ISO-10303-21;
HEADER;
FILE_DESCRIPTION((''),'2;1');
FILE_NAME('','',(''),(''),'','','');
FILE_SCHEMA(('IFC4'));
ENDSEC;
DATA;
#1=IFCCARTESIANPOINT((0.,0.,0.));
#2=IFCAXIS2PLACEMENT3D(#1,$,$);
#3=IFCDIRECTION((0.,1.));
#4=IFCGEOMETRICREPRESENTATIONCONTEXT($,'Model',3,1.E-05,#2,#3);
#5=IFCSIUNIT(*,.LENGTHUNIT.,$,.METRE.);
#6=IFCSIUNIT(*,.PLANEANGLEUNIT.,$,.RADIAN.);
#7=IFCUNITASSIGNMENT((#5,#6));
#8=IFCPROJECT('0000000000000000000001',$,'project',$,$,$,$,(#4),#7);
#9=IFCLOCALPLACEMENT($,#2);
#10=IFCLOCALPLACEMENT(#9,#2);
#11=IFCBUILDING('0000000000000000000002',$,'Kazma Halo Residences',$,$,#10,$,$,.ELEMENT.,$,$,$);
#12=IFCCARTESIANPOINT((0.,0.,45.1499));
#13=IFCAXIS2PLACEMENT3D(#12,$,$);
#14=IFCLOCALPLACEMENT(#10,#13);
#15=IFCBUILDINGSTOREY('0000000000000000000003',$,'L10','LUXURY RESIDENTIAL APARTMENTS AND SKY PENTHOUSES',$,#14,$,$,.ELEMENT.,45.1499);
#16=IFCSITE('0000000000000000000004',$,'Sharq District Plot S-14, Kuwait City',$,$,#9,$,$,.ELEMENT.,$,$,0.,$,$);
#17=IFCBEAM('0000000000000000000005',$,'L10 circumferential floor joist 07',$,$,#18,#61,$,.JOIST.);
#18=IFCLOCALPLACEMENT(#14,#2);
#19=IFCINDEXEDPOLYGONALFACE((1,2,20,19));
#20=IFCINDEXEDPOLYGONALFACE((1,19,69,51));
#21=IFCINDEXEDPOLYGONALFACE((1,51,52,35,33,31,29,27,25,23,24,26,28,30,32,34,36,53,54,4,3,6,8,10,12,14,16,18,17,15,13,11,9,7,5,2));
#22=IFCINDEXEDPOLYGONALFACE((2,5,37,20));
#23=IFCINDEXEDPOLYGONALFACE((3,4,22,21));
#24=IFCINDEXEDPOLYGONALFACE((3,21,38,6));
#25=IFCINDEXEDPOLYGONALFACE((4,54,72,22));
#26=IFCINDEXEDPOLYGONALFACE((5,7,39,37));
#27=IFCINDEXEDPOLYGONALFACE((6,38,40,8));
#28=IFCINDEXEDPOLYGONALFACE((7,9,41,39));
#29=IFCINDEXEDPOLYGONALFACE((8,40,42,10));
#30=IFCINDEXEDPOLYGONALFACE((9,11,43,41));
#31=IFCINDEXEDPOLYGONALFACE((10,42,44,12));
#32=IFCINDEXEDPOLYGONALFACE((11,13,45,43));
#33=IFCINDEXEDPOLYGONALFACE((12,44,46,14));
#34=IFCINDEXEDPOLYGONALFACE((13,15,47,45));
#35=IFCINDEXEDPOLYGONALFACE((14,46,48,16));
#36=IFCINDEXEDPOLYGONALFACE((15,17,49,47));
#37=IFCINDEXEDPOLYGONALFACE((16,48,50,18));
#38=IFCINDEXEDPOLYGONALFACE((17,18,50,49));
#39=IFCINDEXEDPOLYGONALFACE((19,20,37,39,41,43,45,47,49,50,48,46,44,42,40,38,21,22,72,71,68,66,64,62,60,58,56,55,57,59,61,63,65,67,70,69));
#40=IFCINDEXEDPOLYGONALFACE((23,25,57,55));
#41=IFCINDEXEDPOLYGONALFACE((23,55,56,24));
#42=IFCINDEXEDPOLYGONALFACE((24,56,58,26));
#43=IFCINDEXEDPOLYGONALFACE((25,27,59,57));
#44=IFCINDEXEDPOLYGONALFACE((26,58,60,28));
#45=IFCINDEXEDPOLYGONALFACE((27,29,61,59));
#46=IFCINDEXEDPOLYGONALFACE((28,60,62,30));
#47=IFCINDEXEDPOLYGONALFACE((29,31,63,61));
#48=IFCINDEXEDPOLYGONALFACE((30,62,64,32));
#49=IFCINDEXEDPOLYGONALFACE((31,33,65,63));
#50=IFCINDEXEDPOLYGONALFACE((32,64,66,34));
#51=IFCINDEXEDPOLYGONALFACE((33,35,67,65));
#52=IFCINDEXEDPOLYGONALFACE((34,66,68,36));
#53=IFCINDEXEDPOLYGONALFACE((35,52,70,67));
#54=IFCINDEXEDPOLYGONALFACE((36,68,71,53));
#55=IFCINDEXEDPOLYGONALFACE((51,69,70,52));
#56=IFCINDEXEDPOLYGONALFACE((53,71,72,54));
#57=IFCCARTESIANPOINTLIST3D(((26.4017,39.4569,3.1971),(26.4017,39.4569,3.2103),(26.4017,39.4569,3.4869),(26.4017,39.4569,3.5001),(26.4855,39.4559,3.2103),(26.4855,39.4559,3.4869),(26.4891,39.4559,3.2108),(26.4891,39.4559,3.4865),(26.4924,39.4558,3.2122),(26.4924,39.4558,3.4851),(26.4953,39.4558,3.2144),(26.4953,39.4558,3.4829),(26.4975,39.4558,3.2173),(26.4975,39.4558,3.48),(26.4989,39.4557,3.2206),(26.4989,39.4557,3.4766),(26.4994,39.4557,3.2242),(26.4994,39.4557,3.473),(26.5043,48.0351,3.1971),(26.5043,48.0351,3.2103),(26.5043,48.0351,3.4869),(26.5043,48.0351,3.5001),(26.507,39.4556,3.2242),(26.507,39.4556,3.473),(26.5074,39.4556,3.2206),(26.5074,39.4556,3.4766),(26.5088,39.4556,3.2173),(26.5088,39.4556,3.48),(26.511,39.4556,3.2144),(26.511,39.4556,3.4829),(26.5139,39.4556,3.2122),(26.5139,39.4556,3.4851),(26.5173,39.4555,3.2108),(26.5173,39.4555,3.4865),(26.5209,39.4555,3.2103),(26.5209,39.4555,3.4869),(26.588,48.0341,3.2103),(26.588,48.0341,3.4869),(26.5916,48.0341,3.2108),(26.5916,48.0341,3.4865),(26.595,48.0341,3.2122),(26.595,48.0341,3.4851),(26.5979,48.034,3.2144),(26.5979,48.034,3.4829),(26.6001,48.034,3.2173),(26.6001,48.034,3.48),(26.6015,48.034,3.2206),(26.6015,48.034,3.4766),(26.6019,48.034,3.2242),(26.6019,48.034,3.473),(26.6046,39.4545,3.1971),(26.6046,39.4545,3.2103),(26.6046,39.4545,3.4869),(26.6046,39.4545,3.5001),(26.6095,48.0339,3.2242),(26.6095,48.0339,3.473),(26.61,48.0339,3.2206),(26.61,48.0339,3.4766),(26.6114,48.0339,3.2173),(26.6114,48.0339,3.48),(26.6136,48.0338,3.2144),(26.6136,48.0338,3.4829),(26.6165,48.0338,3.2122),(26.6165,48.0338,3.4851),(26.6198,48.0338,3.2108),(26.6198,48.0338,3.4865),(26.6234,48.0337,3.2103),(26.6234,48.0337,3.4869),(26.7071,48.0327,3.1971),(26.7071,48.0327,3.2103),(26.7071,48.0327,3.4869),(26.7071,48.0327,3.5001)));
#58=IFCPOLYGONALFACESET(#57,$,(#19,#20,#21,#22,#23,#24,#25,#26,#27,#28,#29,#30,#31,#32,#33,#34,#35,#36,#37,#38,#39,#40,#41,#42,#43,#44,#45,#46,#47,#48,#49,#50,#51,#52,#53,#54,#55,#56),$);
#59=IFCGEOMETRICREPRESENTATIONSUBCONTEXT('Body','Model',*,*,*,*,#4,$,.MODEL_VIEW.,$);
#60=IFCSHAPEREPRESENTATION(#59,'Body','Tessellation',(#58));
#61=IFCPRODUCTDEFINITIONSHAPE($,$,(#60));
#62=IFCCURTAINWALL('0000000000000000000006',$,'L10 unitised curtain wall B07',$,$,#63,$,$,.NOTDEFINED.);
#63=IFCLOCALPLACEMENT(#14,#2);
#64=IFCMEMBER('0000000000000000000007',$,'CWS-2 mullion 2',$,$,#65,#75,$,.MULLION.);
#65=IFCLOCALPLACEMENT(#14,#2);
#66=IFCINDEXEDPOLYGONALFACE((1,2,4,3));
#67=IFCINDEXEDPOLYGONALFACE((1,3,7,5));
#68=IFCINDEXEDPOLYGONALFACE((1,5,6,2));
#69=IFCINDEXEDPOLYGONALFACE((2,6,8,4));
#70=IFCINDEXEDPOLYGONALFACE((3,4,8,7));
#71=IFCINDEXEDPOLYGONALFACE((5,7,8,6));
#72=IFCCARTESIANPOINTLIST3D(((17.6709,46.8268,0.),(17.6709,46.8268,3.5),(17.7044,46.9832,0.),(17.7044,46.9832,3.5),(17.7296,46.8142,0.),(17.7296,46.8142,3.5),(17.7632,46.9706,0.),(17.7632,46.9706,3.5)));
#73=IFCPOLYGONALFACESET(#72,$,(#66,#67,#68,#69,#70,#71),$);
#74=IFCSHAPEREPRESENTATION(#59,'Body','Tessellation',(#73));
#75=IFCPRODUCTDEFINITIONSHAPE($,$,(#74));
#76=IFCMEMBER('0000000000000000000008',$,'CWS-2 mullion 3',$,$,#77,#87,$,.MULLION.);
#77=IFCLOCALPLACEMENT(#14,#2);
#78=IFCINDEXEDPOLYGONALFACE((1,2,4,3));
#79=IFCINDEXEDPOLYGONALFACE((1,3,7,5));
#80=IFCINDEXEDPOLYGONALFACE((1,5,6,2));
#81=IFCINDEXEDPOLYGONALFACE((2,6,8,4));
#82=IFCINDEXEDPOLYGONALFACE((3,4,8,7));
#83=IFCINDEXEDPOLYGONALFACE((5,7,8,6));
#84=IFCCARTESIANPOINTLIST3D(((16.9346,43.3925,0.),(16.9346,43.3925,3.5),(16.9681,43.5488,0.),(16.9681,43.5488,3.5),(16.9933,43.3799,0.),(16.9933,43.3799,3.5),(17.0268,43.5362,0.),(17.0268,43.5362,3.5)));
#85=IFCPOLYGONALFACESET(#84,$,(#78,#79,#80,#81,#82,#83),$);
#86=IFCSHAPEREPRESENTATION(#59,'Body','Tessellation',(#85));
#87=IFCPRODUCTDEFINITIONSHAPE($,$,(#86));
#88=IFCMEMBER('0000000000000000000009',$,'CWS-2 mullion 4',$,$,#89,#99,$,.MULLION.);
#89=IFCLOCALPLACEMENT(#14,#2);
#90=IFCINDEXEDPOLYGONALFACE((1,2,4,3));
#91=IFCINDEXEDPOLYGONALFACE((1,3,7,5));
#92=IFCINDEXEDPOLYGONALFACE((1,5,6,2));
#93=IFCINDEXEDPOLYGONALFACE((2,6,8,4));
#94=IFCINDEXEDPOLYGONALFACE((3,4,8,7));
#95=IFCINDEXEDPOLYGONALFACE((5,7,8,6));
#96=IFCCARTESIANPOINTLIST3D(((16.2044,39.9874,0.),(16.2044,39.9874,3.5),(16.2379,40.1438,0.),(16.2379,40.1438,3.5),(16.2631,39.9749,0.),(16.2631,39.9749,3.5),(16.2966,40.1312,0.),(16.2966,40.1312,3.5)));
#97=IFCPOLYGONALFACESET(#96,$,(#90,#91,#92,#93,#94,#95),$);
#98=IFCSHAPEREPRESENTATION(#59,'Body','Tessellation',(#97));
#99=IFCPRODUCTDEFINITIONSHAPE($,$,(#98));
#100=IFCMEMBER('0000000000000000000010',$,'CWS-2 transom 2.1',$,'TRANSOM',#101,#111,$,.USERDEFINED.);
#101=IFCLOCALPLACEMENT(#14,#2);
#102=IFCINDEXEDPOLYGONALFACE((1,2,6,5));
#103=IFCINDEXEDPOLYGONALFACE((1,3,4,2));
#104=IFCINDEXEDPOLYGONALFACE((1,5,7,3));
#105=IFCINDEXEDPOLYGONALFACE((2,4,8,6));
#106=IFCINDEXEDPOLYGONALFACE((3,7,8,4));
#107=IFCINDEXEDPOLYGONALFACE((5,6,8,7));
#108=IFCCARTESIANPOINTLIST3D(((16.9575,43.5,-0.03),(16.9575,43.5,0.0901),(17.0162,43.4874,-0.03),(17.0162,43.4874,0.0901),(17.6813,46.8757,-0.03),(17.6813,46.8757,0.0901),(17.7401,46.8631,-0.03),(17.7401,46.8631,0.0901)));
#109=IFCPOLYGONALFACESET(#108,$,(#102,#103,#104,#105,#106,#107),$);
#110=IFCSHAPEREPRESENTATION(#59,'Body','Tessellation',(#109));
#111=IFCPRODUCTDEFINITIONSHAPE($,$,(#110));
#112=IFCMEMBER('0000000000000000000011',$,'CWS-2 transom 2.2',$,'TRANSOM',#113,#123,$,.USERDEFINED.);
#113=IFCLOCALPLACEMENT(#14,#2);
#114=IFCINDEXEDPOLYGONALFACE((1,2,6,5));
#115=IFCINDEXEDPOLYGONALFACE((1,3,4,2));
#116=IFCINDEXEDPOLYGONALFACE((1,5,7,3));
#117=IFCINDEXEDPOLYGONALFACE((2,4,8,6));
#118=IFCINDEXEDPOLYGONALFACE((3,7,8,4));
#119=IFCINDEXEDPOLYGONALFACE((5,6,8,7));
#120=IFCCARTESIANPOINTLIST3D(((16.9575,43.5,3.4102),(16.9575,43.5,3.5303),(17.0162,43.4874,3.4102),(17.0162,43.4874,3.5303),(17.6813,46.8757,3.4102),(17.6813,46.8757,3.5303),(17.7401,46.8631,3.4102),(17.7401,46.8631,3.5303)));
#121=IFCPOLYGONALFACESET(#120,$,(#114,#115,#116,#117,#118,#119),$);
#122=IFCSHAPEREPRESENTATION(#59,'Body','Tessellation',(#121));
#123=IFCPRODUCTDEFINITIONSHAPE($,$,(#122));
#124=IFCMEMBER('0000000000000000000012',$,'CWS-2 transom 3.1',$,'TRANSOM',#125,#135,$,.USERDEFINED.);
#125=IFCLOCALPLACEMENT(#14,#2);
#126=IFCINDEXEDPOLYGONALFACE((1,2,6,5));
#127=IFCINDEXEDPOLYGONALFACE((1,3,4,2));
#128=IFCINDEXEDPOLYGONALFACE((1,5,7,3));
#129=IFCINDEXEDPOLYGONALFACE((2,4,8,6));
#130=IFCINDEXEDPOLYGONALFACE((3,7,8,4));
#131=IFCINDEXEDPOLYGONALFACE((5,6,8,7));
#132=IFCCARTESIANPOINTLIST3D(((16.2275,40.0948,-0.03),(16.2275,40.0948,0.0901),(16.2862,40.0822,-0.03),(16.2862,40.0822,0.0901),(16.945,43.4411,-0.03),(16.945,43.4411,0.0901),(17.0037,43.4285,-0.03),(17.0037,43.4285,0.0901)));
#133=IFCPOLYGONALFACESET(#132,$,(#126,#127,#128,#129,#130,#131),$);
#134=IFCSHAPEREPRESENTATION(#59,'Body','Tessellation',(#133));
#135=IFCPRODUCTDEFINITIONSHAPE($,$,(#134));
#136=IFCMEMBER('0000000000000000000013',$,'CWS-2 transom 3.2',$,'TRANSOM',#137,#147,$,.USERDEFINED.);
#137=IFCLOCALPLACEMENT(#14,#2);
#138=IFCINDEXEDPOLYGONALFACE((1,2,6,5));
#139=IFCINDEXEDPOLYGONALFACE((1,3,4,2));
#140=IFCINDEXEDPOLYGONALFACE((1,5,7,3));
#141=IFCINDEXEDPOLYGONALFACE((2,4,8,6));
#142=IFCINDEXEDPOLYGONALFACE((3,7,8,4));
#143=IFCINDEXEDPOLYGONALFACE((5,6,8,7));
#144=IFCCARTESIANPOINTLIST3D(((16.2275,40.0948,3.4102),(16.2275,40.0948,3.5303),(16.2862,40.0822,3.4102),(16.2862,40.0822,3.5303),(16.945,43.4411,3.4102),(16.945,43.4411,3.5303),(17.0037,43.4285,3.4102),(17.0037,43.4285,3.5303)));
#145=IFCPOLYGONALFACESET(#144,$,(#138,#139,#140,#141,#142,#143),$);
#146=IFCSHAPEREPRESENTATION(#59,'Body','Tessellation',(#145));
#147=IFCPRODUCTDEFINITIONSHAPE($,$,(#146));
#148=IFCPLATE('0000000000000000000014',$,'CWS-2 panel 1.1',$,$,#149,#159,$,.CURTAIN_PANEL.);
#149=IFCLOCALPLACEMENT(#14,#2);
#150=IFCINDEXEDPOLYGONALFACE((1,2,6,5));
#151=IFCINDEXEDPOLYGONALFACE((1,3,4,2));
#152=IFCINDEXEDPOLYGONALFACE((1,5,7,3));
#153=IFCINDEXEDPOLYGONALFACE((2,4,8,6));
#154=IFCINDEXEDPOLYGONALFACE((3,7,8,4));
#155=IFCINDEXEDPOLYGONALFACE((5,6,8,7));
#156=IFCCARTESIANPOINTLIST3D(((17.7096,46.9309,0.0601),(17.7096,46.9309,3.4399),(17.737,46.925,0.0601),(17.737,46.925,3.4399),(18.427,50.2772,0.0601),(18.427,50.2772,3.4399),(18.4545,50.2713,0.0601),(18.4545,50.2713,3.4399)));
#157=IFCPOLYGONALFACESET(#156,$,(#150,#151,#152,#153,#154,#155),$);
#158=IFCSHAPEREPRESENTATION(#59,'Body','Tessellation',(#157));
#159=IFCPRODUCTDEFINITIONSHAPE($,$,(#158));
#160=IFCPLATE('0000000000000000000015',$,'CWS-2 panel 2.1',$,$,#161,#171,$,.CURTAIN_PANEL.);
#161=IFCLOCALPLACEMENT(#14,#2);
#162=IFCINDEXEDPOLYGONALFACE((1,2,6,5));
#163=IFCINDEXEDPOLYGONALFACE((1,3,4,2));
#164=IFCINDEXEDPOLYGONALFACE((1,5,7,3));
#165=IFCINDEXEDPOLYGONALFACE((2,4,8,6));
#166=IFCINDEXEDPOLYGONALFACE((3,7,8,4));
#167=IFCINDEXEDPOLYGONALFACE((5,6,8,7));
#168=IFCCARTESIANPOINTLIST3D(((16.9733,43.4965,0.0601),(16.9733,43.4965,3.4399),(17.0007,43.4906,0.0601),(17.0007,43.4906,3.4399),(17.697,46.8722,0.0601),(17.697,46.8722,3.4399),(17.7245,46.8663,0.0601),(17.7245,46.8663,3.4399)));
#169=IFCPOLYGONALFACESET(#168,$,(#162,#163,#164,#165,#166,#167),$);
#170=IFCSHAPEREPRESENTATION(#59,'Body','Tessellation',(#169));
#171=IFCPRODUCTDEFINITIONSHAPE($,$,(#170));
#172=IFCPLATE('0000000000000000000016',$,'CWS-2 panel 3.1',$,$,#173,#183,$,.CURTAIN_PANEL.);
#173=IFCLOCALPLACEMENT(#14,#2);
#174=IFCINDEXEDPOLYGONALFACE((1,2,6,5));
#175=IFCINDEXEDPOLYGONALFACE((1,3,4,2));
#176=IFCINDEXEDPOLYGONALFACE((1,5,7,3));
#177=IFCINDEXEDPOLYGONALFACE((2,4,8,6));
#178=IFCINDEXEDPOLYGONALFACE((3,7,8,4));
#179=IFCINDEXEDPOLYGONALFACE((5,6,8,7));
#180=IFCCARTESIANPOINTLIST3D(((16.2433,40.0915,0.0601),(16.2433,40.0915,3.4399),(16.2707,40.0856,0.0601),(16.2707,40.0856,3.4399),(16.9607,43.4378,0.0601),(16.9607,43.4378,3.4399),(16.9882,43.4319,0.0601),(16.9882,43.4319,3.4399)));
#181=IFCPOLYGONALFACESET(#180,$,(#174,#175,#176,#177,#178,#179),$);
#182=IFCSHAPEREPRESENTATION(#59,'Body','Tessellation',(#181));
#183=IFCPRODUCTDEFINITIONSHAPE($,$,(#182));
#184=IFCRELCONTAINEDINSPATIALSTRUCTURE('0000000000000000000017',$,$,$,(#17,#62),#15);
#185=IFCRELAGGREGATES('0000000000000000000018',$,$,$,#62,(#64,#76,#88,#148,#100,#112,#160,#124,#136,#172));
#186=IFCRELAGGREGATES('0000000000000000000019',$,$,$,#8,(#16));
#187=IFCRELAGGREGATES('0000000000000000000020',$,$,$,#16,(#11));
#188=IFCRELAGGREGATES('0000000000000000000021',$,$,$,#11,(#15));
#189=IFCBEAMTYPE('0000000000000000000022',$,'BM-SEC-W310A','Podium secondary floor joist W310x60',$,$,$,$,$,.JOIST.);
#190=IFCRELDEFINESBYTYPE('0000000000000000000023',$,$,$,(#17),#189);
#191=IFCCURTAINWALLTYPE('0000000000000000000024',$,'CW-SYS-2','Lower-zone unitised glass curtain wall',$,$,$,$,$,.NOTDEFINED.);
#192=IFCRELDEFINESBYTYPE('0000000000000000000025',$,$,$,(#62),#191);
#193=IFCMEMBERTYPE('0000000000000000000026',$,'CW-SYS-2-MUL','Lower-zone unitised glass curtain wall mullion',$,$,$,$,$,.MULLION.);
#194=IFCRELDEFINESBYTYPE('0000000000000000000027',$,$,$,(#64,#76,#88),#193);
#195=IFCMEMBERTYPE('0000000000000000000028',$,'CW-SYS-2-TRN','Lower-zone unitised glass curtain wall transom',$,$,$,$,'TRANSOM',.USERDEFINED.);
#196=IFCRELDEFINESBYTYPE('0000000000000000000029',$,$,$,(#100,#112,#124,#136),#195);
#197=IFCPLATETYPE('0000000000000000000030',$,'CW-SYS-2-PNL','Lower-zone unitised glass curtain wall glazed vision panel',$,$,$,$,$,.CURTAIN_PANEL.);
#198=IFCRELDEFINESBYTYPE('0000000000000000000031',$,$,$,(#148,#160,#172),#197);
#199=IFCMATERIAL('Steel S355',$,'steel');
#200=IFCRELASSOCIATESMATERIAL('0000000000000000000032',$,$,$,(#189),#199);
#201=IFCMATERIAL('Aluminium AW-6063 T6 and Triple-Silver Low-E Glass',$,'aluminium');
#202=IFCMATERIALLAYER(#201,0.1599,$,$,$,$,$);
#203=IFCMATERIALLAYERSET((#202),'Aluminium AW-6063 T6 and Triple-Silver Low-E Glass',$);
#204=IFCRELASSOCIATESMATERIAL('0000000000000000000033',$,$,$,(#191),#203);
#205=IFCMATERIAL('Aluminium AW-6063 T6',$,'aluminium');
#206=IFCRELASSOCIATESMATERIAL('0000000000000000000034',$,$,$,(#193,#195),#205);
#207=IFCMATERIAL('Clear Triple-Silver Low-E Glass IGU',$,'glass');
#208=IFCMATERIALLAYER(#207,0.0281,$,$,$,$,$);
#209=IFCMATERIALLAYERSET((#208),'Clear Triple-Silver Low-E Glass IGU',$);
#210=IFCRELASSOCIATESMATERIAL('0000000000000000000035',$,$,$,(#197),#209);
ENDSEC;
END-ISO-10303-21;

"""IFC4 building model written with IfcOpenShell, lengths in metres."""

from ifc_helpers import new_model, si_unit, direction, frame, origin, origin_2d, place, context, subcontext, project, spatial, rectangle, i_section, extrude, material, layer, layer_set, material_profile, profile_set, type_object, element, aggregate, save


model = new_model("IFC4")

# Units and contexts
model_context = context("Model", 3, precision=1e-05, world=origin(), true_north=direction((0.0, 1.0)))
body_context = subcontext(model_context, "Body", "Model", "MODEL_VIEW")
ifc_project = project(units=[si_unit("LENGTHUNIT", "METRE"), si_unit("PLANEANGLEUNIT", "RADIAN")], contexts=[model_context])

# Site, building, storey
site_placement = place(None, origin())
site = spatial("IfcSite", under=ifc_project, at=site_placement, Name="Sharq District Plot S-14, Kuwait City", CompositionType="ELEMENT", RefElevation=0.0)
building_placement = place(site_placement, origin())
building = spatial("IfcBuilding", under=site, at=building_placement, Name="Kazma Halo Residences", CompositionType="ELEMENT")
storey_placement = place(building_placement, frame((0.0, 0.0, 45.1499)))
storey = spatial("IfcBuildingStorey", under=building, at=storey_placement, Name="L10", Description="LUXURY RESIDENTIAL APARTMENTS AND SKY PENTHOUSES", CompositionType="ELEMENT", Elevation=45.1499)

# Beam
ifc_material_1 = material(Name="Steel S355", Category="steel")
ifc_material_profile_1 = material_profile(ifc_material_1, i_section(OverallWidth=0.2029, OverallDepth=0.303, WebThickness=0.0076, FlangeThickness=0.0132, FilletRadius=0.0139, at=origin_2d()), Name="W310x60")
ifc_profile_set_1 = profile_set([ifc_material_profile_1], Name="Steel S355")
beam_type = type_object("IfcBeamType", Name="BM-SEC-W310A", Description="Podium secondary floor joist W310x60", PredefinedType="JOIST", material=ifc_profile_set_1)
beam_placement = place(storey_placement, frame((26.6057, 48.0339, 3.3486), z_axis=(-0.011953, -0.999929, 0.0), x_axis=(0.999929, -0.011953, 0.0)))
element("IfcBeam", 1, at=beam_placement, inside=storey, type_object=beam_type, Name="L10 circumferential floor joist 07", PredefinedType="JOIST", context=body_context, shape_type="SweptSolid", body=[
    extrude(i_section(OverallWidth=0.2029, OverallDepth=0.303, WebThickness=0.0076, FlangeThickness=0.0132, FilletRadius=0.0139, at=origin_2d()), origin(), (0.0, 0.0, 1.0), 8.5789),
])

# Curtain wall, members, plates
ifc_material_2 = material(Name="Aluminium AW-6063 T6 and Triple-Silver Low-E Glass", Category="aluminium")
ifc_layer_1 = layer(ifc_material_2, 0.1599)
ifc_layer_set_1 = layer_set([ifc_layer_1], Name="Aluminium AW-6063 T6 and Triple-Silver Low-E Glass")
curtain_wall_type = type_object("IfcCurtainWallType", Name="CW-SYS-2", Description="Lower-zone unitised glass curtain wall", PredefinedType="NOTDEFINED", material=ifc_layer_set_1)
curtain_wall_placement = place(storey_placement, origin())
curtain_wall = element("IfcCurtainWall", 2, at=curtain_wall_placement, inside=storey, type_object=curtain_wall_type, Name="L10 unitised curtain wall B07", PredefinedType="NOTDEFINED")
ifc_material_3 = material(Name="Aluminium AW-6063 T6", Category="aluminium")
ifc_material_profile_2 = material_profile(ifc_material_3, rectangle(XDim=0.0601, YDim=0.1599, at=origin_2d()), Name="CWM-60x160")
ifc_profile_set_2 = profile_set([ifc_material_profile_2], Name="Aluminium AW-6063 T6")
member_type_1 = type_object("IfcMemberType", Name="CW-SYS-2-MUL", Description="Lower-zone unitised glass curtain wall mullion", PredefinedType="MULLION", material=ifc_profile_set_2)
member_1_placement = place(storey_placement, frame((17.717, 46.8987, 0.0), z_axis=(0.0, 0.0, 1.0), x_axis=(0.977779, -0.209637, 0.0)))
member_1 = element("IfcMember", 3, at=member_1_placement, type_object=member_type_1, Name="CWS-2 mullion 2", PredefinedType="MULLION", context=body_context, shape_type="SweptSolid", body=[
    extrude(rectangle(XDim=0.0601, YDim=0.1599, at=origin_2d()), origin(), (0.0, 0.0, 1.0), 3.5),
])
member_2_placement = place(storey_placement, frame((16.9807, 43.4644, 0.0), z_axis=(0.0, 0.0, 1.0), x_axis=(0.977779, -0.209637, 0.0)))
member_2 = element("IfcMember", 4, at=member_2_placement, type_object=member_type_1, Name="CWS-2 mullion 3", PredefinedType="MULLION", context=body_context, shape_type="SweptSolid", body=[
    extrude(rectangle(XDim=0.0601, YDim=0.1599, at=origin_2d()), origin(), (0.0, 0.0, 1.0), 3.5),
])
member_3_placement = place(storey_placement, frame((16.2505, 40.0593, 0.0), z_axis=(0.0, 0.0, 1.0), x_axis=(0.977779, -0.209637, 0.0)))
member_3 = element("IfcMember", 5, at=member_3_placement, type_object=member_type_1, Name="CWS-2 mullion 4", PredefinedType="MULLION", context=body_context, shape_type="SweptSolid", body=[
    extrude(rectangle(XDim=0.0601, YDim=0.1599, at=origin_2d()), origin(), (0.0, 0.0, 1.0), 3.5),
])
ifc_material_profile_3 = material_profile(ifc_material_3, rectangle(XDim=0.0601, YDim=0.1201, at=origin_2d()), Name="CWT-60x120")
ifc_profile_set_3 = profile_set([ifc_material_profile_3], Name="Aluminium AW-6063 T6")
member_type_2 = type_object("IfcMemberType", Name="CW-SYS-2-TRN", Description="Lower-zone unitised glass curtain wall transom", ElementType="TRANSOM", PredefinedType="USERDEFINED", material=ifc_profile_set_3)
member_4_placement = place(storey_placement, frame((17.7107, 46.8694, 0.03), z_axis=(-0.209669, -0.977772, 0.0), x_axis=(0.977772, -0.209669, 0.0)))
member_4 = element("IfcMember", 6, at=member_4_placement, type_object=member_type_2, Name="CWS-2 transom 2.1", ObjectType="TRANSOM", PredefinedType="USERDEFINED", context=body_context, shape_type="SweptSolid", body=[
    extrude(rectangle(XDim=0.0601, YDim=0.1201, at=origin_2d()), origin(), (0.0, 0.0, 1.0), 3.4524),
])
member_5_placement = place(storey_placement, frame((17.7107, 46.8694, 3.4702), z_axis=(-0.209669, -0.977772, 0.0), x_axis=(0.977772, -0.209669, 0.0)))
member_5 = element("IfcMember", 7, at=member_5_placement, type_object=member_type_2, Name="CWS-2 transom 2.2", ObjectType="TRANSOM", PredefinedType="USERDEFINED", context=body_context, shape_type="SweptSolid", body=[
    extrude(rectangle(XDim=0.0601, YDim=0.1201, at=origin_2d()), origin(), (0.0, 0.0, 1.0), 3.4524),
])
member_6_placement = place(storey_placement, frame((16.9744, 43.4348, 0.03), z_axis=(-0.209666, -0.977773, 0.0), x_axis=(0.977773, -0.209666, 0.0)))
member_6 = element("IfcMember", 8, at=member_6_placement, type_object=member_type_2, Name="CWS-2 transom 3.1", ObjectType="TRANSOM", PredefinedType="USERDEFINED", context=body_context, shape_type="SweptSolid", body=[
    extrude(rectangle(XDim=0.0601, YDim=0.1201, at=origin_2d()), origin(), (0.0, 0.0, 1.0), 3.4224),
])
member_7_placement = place(storey_placement, frame((16.9744, 43.4348, 3.4702), z_axis=(-0.209666, -0.977773, 0.0), x_axis=(0.977773, -0.209666, 0.0)))
member_7 = element("IfcMember", 9, at=member_7_placement, type_object=member_type_2, Name="CWS-2 transom 3.2", ObjectType="TRANSOM", PredefinedType="USERDEFINED", context=body_context, shape_type="SweptSolid", body=[
    extrude(rectangle(XDim=0.0601, YDim=0.1201, at=origin_2d()), origin(), (0.0, 0.0, 1.0), 3.4224),
])
ifc_material_4 = material(Name="Clear Triple-Silver Low-E Glass IGU", Category="glass")
ifc_layer_2 = layer(ifc_material_4, 0.0281)
ifc_layer_set_2 = layer_set([ifc_layer_2], Name="Clear Triple-Silver Low-E Glass IGU")
plate_type = type_object("IfcPlateType", Name="CW-SYS-2-PNL", Description="Lower-zone unitised glass curtain wall glazed vision panel", PredefinedType="CURTAIN_PANEL", material=ifc_layer_set_2)
plate_1_placement = place(storey_placement, frame((18.082, 48.6011, 0.0601), z_axis=(0.0, 0.0, 1.0), x_axis=(-0.209637, -0.977779, 0.0)))
plate_1 = element("IfcPlate", 10, at=plate_1_placement, type_object=plate_type, Name="CWS-2 panel 1.1", PredefinedType="CURTAIN_PANEL", context=body_context, shape_type="SweptSolid", body=[
    extrude(rectangle(XDim=3.4224, YDim=0.0281, at=origin_2d()), origin(), (0.0, 0.0, 1.0), 3.3799),
])
plate_2_placement = place(storey_placement, frame((17.3489, 45.1814, 0.0601), z_axis=(0.0, 0.0, 1.0), x_axis=(-0.209637, -0.977779, 0.0)))
plate_2 = element("IfcPlate", 11, at=plate_2_placement, type_object=plate_type, Name="CWS-2 panel 2.1", PredefinedType="CURTAIN_PANEL", context=body_context, shape_type="SweptSolid", body=[
    extrude(rectangle(XDim=3.4524, YDim=0.0281, at=origin_2d()), origin(), (0.0, 0.0, 1.0), 3.3799),
])
plate_3_placement = place(storey_placement, frame((16.6157, 41.7617, 0.0601), z_axis=(0.0, 0.0, 1.0), x_axis=(-0.209637, -0.977779, 0.0)))
plate_3 = element("IfcPlate", 12, at=plate_3_placement, type_object=plate_type, Name="CWS-2 panel 3.1", PredefinedType="CURTAIN_PANEL", context=body_context, shape_type="SweptSolid", body=[
    extrude(rectangle(XDim=3.4224, YDim=0.0281, at=origin_2d()), origin(), (0.0, 0.0, 1.0), 3.3799),
])
aggregate(curtain_wall, [member_1, member_2, member_3, plate_1, member_4, member_5, plate_2, member_6, member_7, plate_3])

save(model, "model.ifc")
